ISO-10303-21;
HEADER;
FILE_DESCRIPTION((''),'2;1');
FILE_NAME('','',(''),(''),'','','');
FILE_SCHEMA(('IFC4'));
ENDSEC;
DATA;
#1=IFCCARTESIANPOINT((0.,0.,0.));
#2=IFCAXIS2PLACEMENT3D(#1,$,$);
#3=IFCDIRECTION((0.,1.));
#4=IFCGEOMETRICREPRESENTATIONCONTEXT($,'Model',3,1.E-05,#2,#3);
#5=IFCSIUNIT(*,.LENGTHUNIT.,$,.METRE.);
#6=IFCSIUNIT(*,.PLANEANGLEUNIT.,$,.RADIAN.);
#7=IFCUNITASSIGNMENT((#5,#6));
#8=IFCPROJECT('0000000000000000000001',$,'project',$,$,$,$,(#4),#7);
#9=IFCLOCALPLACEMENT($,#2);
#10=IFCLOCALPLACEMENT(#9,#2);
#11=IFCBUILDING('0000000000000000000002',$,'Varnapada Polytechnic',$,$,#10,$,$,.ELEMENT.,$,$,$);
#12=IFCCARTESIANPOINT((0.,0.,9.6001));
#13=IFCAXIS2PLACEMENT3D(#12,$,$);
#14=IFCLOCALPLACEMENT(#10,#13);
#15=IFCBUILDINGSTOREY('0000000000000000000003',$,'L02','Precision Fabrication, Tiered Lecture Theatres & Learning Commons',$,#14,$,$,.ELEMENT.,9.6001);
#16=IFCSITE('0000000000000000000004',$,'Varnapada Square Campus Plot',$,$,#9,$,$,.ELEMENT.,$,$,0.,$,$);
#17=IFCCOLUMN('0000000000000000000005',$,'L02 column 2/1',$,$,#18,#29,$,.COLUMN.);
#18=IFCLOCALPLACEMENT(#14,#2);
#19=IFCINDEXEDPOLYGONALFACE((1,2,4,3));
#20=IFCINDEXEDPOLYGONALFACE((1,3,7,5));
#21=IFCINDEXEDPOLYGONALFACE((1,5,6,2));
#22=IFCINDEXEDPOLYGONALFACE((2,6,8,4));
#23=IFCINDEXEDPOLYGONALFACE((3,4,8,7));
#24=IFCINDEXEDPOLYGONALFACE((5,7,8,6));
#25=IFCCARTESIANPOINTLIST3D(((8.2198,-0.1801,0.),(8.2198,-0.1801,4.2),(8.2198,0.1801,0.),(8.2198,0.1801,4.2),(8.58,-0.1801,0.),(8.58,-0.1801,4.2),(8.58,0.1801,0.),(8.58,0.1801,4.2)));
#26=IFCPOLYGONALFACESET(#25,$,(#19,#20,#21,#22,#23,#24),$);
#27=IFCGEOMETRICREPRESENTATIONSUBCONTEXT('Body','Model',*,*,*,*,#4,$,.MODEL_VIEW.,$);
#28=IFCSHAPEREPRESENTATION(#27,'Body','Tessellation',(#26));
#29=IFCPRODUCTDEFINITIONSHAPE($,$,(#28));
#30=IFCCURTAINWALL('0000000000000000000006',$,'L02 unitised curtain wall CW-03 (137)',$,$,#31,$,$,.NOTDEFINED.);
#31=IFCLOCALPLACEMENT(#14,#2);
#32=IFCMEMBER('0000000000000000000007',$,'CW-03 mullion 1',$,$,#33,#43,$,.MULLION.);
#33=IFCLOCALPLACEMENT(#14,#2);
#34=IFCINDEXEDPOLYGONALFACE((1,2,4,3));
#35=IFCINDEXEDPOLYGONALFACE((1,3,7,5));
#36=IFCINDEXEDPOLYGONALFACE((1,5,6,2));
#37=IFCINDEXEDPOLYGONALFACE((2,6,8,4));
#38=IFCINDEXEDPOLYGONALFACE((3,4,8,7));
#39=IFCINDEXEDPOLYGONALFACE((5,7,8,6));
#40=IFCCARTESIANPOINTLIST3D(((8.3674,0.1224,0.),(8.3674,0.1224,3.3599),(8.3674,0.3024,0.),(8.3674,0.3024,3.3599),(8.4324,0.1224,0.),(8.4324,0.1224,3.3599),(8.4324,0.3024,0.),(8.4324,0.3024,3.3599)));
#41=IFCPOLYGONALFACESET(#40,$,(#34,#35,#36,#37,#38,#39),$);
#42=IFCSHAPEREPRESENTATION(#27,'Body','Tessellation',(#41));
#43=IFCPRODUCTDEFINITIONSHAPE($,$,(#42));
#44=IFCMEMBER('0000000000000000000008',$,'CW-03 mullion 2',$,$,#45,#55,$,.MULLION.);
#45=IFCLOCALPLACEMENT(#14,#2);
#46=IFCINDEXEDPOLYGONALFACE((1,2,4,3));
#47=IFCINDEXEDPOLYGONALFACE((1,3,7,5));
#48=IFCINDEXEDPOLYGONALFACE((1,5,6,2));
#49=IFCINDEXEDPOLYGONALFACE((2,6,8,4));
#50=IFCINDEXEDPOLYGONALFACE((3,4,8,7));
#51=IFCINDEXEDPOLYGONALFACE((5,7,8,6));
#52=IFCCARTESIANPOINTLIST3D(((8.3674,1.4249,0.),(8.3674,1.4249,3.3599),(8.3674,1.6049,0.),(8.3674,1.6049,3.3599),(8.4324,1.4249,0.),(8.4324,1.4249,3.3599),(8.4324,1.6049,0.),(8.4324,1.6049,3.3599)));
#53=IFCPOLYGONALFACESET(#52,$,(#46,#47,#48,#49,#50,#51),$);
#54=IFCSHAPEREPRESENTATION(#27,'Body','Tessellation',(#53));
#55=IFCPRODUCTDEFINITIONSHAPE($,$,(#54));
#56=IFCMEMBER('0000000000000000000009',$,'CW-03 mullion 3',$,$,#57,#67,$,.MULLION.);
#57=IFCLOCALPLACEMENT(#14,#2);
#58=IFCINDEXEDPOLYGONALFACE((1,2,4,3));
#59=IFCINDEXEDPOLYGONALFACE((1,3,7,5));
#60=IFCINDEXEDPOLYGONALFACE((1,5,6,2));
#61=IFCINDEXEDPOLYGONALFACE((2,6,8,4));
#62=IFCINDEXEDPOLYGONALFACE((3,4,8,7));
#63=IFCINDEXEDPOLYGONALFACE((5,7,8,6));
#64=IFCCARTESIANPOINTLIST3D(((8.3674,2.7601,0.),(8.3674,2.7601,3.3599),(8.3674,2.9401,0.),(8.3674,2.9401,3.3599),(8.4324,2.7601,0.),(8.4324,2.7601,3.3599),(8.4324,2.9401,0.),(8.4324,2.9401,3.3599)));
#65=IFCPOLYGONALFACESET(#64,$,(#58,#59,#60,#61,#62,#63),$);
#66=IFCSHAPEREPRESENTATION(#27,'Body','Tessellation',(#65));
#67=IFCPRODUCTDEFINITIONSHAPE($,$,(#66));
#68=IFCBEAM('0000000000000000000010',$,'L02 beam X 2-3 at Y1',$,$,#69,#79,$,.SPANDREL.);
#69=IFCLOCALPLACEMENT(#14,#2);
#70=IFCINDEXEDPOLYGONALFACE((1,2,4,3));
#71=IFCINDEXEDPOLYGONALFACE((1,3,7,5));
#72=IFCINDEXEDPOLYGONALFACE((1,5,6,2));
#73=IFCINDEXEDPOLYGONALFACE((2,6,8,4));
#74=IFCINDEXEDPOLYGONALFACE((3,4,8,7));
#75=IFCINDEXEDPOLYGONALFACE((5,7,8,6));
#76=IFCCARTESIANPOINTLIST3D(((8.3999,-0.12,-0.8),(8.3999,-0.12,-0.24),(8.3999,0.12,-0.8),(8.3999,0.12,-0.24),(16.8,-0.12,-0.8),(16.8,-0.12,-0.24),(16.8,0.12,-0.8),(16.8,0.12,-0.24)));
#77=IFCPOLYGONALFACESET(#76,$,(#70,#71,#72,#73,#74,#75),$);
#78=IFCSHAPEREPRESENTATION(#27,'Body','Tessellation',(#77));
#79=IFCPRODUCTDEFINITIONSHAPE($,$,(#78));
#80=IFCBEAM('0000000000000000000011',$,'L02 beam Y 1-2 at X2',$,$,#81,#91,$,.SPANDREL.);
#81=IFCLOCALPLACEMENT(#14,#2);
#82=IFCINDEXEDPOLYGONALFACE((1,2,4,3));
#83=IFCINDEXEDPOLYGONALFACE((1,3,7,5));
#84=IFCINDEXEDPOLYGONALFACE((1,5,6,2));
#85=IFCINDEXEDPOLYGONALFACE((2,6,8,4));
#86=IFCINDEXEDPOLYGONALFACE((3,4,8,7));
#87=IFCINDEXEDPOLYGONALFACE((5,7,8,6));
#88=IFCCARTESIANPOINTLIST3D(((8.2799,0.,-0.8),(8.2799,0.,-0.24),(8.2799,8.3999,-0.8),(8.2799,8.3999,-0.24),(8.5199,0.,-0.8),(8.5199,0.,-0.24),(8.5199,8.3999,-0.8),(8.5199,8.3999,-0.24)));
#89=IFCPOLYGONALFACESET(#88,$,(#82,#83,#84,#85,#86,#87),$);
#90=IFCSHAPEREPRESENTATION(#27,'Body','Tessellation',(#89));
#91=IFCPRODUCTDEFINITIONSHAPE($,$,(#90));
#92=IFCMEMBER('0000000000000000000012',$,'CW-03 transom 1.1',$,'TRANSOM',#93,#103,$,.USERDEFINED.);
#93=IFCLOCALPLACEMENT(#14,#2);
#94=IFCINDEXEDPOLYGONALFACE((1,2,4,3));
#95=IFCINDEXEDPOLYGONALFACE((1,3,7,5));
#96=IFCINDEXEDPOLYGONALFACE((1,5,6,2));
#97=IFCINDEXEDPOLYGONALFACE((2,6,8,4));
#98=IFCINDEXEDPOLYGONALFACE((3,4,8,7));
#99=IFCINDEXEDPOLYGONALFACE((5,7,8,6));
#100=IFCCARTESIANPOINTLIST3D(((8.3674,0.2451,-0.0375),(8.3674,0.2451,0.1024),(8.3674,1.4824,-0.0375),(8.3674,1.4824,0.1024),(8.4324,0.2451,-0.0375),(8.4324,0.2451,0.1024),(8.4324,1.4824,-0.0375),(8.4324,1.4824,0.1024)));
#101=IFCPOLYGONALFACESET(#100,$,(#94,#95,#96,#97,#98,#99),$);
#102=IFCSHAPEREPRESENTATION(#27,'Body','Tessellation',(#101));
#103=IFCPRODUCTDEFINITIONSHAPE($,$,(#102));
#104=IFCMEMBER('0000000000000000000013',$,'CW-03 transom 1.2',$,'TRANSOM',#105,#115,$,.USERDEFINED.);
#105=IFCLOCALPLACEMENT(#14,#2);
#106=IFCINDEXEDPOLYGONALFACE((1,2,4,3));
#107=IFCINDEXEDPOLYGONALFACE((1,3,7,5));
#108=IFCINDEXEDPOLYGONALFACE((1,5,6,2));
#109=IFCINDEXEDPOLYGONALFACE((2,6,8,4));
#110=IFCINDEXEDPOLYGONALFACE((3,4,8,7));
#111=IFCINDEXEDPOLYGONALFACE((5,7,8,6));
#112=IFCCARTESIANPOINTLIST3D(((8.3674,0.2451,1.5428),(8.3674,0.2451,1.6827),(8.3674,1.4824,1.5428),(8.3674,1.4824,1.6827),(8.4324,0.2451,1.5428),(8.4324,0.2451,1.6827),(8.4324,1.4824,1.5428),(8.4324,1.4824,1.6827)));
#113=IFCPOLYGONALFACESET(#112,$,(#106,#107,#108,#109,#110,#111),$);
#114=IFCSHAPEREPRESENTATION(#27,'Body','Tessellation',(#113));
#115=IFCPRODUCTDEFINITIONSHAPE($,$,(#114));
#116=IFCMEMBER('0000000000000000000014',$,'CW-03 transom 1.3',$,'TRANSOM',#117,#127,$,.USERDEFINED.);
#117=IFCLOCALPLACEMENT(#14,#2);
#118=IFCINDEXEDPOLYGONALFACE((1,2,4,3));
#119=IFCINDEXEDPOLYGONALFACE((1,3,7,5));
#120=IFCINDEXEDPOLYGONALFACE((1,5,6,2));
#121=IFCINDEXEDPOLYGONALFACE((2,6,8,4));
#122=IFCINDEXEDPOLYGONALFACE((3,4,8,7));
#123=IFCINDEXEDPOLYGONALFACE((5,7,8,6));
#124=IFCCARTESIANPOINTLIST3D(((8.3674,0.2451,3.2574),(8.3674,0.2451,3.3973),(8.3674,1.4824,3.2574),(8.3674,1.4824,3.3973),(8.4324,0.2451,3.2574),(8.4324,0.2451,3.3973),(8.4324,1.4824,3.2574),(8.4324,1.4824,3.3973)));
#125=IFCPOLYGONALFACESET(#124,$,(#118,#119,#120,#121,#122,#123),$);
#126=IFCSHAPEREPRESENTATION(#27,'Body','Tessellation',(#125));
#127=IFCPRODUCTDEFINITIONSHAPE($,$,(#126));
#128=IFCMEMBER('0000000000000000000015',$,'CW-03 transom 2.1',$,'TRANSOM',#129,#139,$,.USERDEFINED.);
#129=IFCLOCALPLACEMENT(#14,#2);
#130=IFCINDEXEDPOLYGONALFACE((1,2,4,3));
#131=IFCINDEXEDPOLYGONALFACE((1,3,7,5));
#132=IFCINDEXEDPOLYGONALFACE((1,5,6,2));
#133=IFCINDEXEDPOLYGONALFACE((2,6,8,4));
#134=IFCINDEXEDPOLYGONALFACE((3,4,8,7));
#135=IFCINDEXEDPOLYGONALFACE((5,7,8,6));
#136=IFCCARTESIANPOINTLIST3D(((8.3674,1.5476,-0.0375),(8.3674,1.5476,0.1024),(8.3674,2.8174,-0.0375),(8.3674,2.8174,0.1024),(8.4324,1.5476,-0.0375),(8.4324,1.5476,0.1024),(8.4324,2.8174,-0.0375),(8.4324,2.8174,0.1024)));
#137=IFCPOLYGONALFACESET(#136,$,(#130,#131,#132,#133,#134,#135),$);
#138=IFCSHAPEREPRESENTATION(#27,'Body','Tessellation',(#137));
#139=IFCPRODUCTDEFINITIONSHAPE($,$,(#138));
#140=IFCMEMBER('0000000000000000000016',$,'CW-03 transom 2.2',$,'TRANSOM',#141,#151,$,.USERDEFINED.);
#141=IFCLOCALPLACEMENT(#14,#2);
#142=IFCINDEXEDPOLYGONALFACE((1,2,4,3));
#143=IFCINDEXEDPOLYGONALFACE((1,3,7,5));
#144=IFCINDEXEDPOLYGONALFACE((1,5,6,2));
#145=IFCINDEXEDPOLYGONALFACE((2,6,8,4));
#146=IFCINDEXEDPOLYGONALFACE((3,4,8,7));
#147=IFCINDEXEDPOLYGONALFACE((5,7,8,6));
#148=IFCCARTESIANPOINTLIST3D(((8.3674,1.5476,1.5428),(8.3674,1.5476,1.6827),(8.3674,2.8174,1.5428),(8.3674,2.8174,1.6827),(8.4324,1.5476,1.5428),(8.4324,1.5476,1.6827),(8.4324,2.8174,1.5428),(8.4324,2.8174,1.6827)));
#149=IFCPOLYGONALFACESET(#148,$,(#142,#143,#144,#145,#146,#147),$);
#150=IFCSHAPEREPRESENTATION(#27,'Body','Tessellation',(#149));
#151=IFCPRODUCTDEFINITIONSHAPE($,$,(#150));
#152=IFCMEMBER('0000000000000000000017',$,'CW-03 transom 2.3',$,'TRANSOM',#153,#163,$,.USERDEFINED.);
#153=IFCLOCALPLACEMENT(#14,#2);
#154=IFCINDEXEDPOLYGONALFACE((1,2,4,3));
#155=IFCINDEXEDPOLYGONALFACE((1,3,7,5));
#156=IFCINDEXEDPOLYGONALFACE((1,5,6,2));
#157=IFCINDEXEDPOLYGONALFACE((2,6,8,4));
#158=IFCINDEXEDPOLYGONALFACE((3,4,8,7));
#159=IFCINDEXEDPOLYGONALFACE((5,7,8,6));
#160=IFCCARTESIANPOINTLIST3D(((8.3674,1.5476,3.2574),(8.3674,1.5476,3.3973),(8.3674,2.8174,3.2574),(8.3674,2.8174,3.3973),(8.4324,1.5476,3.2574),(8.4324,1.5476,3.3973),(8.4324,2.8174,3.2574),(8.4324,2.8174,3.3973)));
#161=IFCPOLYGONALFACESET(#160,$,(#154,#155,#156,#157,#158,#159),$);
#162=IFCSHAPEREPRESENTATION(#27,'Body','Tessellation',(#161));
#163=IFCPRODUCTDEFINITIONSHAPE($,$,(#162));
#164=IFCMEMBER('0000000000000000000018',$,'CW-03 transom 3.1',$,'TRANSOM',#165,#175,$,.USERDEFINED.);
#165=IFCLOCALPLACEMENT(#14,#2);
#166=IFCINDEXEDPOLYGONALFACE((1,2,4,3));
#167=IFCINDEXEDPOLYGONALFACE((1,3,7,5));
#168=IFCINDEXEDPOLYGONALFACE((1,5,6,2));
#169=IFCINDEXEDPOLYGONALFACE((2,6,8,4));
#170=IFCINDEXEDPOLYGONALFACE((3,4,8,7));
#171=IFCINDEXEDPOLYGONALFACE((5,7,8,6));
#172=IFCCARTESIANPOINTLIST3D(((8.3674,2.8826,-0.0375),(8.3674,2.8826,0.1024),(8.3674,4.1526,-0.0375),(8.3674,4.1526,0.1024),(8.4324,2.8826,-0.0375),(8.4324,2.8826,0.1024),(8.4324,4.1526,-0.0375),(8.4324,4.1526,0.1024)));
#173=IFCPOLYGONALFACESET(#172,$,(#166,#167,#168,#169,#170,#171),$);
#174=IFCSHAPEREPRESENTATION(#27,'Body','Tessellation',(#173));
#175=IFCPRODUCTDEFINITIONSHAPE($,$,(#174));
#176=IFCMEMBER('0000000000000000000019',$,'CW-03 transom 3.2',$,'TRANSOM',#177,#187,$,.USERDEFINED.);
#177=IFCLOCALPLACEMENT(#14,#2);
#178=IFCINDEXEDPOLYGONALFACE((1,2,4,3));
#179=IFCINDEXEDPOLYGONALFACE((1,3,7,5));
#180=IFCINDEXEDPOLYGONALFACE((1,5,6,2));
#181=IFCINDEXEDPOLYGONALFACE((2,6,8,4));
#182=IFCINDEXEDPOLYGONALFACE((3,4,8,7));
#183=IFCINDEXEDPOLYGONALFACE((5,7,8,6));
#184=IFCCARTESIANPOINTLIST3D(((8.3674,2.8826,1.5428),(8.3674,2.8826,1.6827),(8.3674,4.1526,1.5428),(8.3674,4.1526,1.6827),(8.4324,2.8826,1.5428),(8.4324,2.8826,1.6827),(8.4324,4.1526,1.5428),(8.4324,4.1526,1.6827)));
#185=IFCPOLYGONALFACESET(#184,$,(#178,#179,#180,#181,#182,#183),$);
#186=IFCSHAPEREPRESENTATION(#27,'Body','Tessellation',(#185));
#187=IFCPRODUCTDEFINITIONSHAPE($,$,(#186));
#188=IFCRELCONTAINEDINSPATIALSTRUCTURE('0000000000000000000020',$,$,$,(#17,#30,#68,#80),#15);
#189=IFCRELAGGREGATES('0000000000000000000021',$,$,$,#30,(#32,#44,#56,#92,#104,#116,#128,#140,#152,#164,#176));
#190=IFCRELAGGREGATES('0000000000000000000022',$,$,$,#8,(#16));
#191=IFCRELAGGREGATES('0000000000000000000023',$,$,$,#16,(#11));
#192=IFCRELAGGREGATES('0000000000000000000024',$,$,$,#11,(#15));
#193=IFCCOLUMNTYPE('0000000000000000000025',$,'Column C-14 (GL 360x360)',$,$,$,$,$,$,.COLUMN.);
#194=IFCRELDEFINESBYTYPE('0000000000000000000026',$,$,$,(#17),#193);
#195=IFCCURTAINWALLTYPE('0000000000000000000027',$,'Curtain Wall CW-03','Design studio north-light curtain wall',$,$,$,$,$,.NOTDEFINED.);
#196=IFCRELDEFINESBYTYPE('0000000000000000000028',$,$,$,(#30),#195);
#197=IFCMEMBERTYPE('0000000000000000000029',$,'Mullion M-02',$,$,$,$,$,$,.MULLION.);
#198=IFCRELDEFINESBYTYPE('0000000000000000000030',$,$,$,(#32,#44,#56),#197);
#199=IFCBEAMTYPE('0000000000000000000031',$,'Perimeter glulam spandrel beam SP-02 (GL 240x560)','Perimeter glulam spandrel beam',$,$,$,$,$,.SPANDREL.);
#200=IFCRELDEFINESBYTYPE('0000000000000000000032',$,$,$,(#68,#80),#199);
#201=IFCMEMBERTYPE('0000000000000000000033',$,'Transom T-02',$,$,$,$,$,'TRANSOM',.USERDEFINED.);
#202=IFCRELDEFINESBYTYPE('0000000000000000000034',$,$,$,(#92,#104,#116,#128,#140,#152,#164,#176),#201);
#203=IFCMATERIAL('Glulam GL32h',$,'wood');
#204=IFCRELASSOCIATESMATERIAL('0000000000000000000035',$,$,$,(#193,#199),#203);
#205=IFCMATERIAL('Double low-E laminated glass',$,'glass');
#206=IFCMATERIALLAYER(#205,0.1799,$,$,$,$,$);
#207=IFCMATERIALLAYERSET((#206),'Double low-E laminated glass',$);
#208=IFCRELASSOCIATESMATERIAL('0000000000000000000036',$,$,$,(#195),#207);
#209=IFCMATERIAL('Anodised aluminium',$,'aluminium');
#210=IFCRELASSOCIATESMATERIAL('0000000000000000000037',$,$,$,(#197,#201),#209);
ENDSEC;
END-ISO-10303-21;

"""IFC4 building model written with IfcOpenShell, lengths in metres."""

from ifc_helpers import new_model, si_unit, direction, frame, origin, origin_2d, place, context, subcontext, project, spatial, rectangle, extrude, material, layer, layer_set, material_profile, profile_set, type_object, element, aggregate, save


model = new_model("IFC4")

# Units and contexts
model_context = context("Model", 3, precision=1e-05, world=origin(), true_north=direction((0.0, 1.0)))
body_context = subcontext(model_context, "Body", "Model", "MODEL_VIEW")
ifc_project = project(units=[si_unit("LENGTHUNIT", "METRE"), si_unit("PLANEANGLEUNIT", "RADIAN")], contexts=[model_context])

# Site, building, storey
site_placement = place(None, origin())
site = spatial("IfcSite", under=ifc_project, at=site_placement, Name="Varnapada Square Campus Plot", CompositionType="ELEMENT", RefElevation=0.0)
building_placement = place(site_placement, origin())
building = spatial("IfcBuilding", under=site, at=building_placement, Name="Varnapada Polytechnic", CompositionType="ELEMENT")
storey_placement = place(building_placement, frame((0.0, 0.0, 9.6001)))
storey = spatial("IfcBuildingStorey", under=building, at=storey_placement, Name="L02", Description="Precision Fabrication, Tiered Lecture Theatres & Learning Commons", CompositionType="ELEMENT", Elevation=9.6001)

# Column
ifc_material_1 = material(Name="Glulam GL32h", Category="wood")
ifc_material_profile_1 = material_profile(ifc_material_1, rectangle(XDim=0.3601, YDim=0.3601, at=origin_2d()), Name="GL 360x360")
ifc_profile_set_1 = profile_set([ifc_material_profile_1], Name="Glulam GL32h")
column_type = type_object("IfcColumnType", Name="Column C-14 (GL 360x360)", PredefinedType="COLUMN", material=ifc_profile_set_1)
column_placement = place(storey_placement, frame((8.3999, 0.0, 0.0), z_axis=(0.0, 0.0, 1.0), x_axis=(1.0, 0.0, 0.0)))
element("IfcColumn", 1, at=column_placement, inside=storey, type_object=column_type, Name="L02 column 2/1", PredefinedType="COLUMN", context=body_context, shape_type="SweptSolid", body=[
    extrude(rectangle(XDim=0.3601, YDim=0.3601, at=origin_2d()), origin(), (0.0, 0.0, 1.0), 4.2),
])

# Curtain wall, members
ifc_material_2 = material(Name="Double low-E laminated glass", Category="glass")
ifc_layer_1 = layer(ifc_material_2, 0.1799)
ifc_layer_set_1 = layer_set([ifc_layer_1], Name="Double low-E laminated glass")
curtain_wall_type = type_object("IfcCurtainWallType", Name="Curtain Wall CW-03", Description="Design studio north-light curtain wall", PredefinedType="NOTDEFINED", material=ifc_layer_set_1)
curtain_wall_placement = place(storey_placement, origin())
curtain_wall = element("IfcCurtainWall", 2, at=curtain_wall_placement, inside=storey, type_object=curtain_wall_type, Name="L02 unitised curtain wall CW-03 (137)", PredefinedType="NOTDEFINED")
ifc_material_3 = material(Name="Anodised aluminium", Category="aluminium")
ifc_material_profile_2 = material_profile(ifc_material_3, rectangle(XDim=0.0649, YDim=0.1799, at=origin_2d()), Name="ALU M65x180")
ifc_profile_set_2 = profile_set([ifc_material_profile_2], Name="Anodised aluminium")
member_type_1 = type_object("IfcMemberType", Name="Mullion M-02", PredefinedType="MULLION", material=ifc_profile_set_2)
member_1_placement = place(storey_placement, frame((8.3999, 0.2124, 0.0), z_axis=(0.0, 0.0, 1.0), x_axis=(-1.0, 0.0, 0.0)))
member_1 = element("IfcMember", 3, at=member_1_placement, type_object=member_type_1, Name="CW-03 mullion 1", PredefinedType="MULLION", context=body_context, shape_type="SweptSolid", body=[
    extrude(rectangle(XDim=0.0649, YDim=0.1799, at=origin_2d()), origin(), (0.0, 0.0, 1.0), 3.3599),
])
member_2_placement = place(storey_placement, frame((8.3999, 1.5149, 0.0), z_axis=(0.0, 0.0, 1.0), x_axis=(-1.0, 0.0, 0.0)))
member_2 = element("IfcMember", 4, at=member_2_placement, type_object=member_type_1, Name="CW-03 mullion 2", PredefinedType="MULLION", context=body_context, shape_type="SweptSolid", body=[
    extrude(rectangle(XDim=0.0649, YDim=0.1799, at=origin_2d()), origin(), (0.0, 0.0, 1.0), 3.3599),
])
member_3_placement = place(storey_placement, frame((8.3999, 2.8501, 0.0), z_axis=(0.0, 0.0, 1.0), x_axis=(-1.0, 0.0, 0.0)))
member_3 = element("IfcMember", 5, at=member_3_placement, type_object=member_type_1, Name="CW-03 mullion 3", PredefinedType="MULLION", context=body_context, shape_type="SweptSolid", body=[
    extrude(rectangle(XDim=0.0649, YDim=0.1799, at=origin_2d()), origin(), (0.0, 0.0, 1.0), 3.3599),
])

# Beams
ifc_material_profile_3 = material_profile(ifc_material_1, rectangle(XDim=0.24, YDim=0.5601, at=origin_2d()), Name="GL 240x560")
ifc_profile_set_3 = profile_set([ifc_material_profile_3], Name="Glulam GL32h")
beam_type = type_object("IfcBeamType", Name="Perimeter glulam spandrel beam SP-02 (GL 240x560)", Description="Perimeter glulam spandrel beam", PredefinedType="SPANDREL", material=ifc_profile_set_3)
beam_1_placement = place(storey_placement, frame((8.3999, 0.0, -0.52), z_axis=(1.0, 0.0, 0.0), x_axis=(0.0, 1.0, 0.0)))
element("IfcBeam", 6, at=beam_1_placement, inside=storey, type_object=beam_type, Name="L02 beam X 2-3 at Y1", PredefinedType="SPANDREL", context=body_context, shape_type="SweptSolid", body=[
    extrude(rectangle(XDim=0.24, YDim=0.5601, at=origin_2d()), origin(), (0.0, 0.0, 1.0), 8.4001),
])
beam_2_placement = place(storey_placement, frame((8.3999, 0.0, -0.52), z_axis=(0.0, 1.0, 0.0), x_axis=(-1.0, 0.0, 0.0)))
element("IfcBeam", 7, at=beam_2_placement, inside=storey, type_object=beam_type, Name="L02 beam Y 1-2 at X2", PredefinedType="SPANDREL", context=body_context, shape_type="SweptSolid", body=[
    extrude(rectangle(XDim=0.24, YDim=0.5601, at=origin_2d()), origin(), (0.0, 0.0, 1.0), 8.3999),
])

# Members
ifc_material_profile_4 = material_profile(ifc_material_3, rectangle(XDim=0.0649, YDim=0.1399, at=origin_2d()), Name="ALU T65x140")
ifc_profile_set_4 = profile_set([ifc_material_profile_4], Name="Anodised aluminium")
member_type_2 = type_object("IfcMemberType", Name="Transom T-02", ElementType="TRANSOM", PredefinedType="USERDEFINED", material=ifc_profile_set_4)
member_4_placement = place(storey_placement, frame((8.3999, 0.2451, 0.0325), z_axis=(0.0, 1.0, 0.0), x_axis=(-1.0, 0.0, 0.0)))
member_4 = element("IfcMember", 8, at=member_4_placement, type_object=member_type_2, Name="CW-03 transom 1.1", ObjectType="TRANSOM", PredefinedType="USERDEFINED", context=body_context, shape_type="SweptSolid", body=[
    extrude(rectangle(XDim=0.0649, YDim=0.1399, at=origin_2d()), origin(), (0.0, 0.0, 1.0), 1.2373),
])
member_5_placement = place(storey_placement, frame((8.3999, 0.2451, 1.6128), z_axis=(0.0, 1.0, 0.0), x_axis=(-1.0, 0.0, 0.0)))
member_5 = element("IfcMember", 9, at=member_5_placement, type_object=member_type_2, Name="CW-03 transom 1.2", ObjectType="TRANSOM", PredefinedType="USERDEFINED", context=body_context, shape_type="SweptSolid", body=[
    extrude(rectangle(XDim=0.0649, YDim=0.1399, at=origin_2d()), origin(), (0.0, 0.0, 1.0), 1.2373),
])
member_6_placement = place(storey_placement, frame((8.3999, 0.2451, 3.3274), z_axis=(0.0, 1.0, 0.0), x_axis=(-1.0, 0.0, 0.0)))
member_6 = element("IfcMember", 10, at=member_6_placement, type_object=member_type_2, Name="CW-03 transom 1.3", ObjectType="TRANSOM", PredefinedType="USERDEFINED", context=body_context, shape_type="SweptSolid", body=[
    extrude(rectangle(XDim=0.0649, YDim=0.1399, at=origin_2d()), origin(), (0.0, 0.0, 1.0), 1.2373),
])
member_7_placement = place(storey_placement, frame((8.3999, 1.5476, 0.0325), z_axis=(0.0, 1.0, 0.0), x_axis=(-1.0, 0.0, 0.0)))
member_7 = element("IfcMember", 11, at=member_7_placement, type_object=member_type_2, Name="CW-03 transom 2.1", ObjectType="TRANSOM", PredefinedType="USERDEFINED", context=body_context, shape_type="SweptSolid", body=[
    extrude(rectangle(XDim=0.0649, YDim=0.1399, at=origin_2d()), origin(), (0.0, 0.0, 1.0), 1.2698),
])
member_8_placement = place(storey_placement, frame((8.3999, 1.5476, 1.6128), z_axis=(0.0, 1.0, 0.0), x_axis=(-1.0, 0.0, 0.0)))
member_8 = element("IfcMember", 12, at=member_8_placement, type_object=member_type_2, Name="CW-03 transom 2.2", ObjectType="TRANSOM", PredefinedType="USERDEFINED", context=body_context, shape_type="SweptSolid", body=[
    extrude(rectangle(XDim=0.0649, YDim=0.1399, at=origin_2d()), origin(), (0.0, 0.0, 1.0), 1.2698),
])
member_9_placement = place(storey_placement, frame((8.3999, 1.5476, 3.3274), z_axis=(0.0, 1.0, 0.0), x_axis=(-1.0, 0.0, 0.0)))
member_9 = element("IfcMember", 13, at=member_9_placement, type_object=member_type_2, Name="CW-03 transom 2.3", ObjectType="TRANSOM", PredefinedType="USERDEFINED", context=body_context, shape_type="SweptSolid", body=[
    extrude(rectangle(XDim=0.0649, YDim=0.1399, at=origin_2d()), origin(), (0.0, 0.0, 1.0), 1.2698),
])
member_10_placement = place(storey_placement, frame((8.3999, 2.8826, 0.0325), z_axis=(0.0, 1.0, 0.0), x_axis=(-1.0, 0.0, 0.0)))
member_10 = element("IfcMember", 14, at=member_10_placement, type_object=member_type_2, Name="CW-03 transom 3.1", ObjectType="TRANSOM", PredefinedType="USERDEFINED", context=body_context, shape_type="SweptSolid", body=[
    extrude(rectangle(XDim=0.0649, YDim=0.1399, at=origin_2d()), origin(), (0.0, 0.0, 1.0), 1.27),
])
member_11_placement = place(storey_placement, frame((8.3999, 2.8826, 1.6128), z_axis=(0.0, 1.0, 0.0), x_axis=(-1.0, 0.0, 0.0)))
member_11 = element("IfcMember", 15, at=member_11_placement, type_object=member_type_2, Name="CW-03 transom 3.2", ObjectType="TRANSOM", PredefinedType="USERDEFINED", context=body_context, shape_type="SweptSolid", body=[
    extrude(rectangle(XDim=0.0649, YDim=0.1399, at=origin_2d()), origin(), (0.0, 0.0, 1.0), 1.27),
])

aggregate(curtain_wall, [member_1, member_2, member_3, member_4, member_5, member_6, member_7, member_8, member_9, member_10, member_11])

save(model, "model.ifc")
